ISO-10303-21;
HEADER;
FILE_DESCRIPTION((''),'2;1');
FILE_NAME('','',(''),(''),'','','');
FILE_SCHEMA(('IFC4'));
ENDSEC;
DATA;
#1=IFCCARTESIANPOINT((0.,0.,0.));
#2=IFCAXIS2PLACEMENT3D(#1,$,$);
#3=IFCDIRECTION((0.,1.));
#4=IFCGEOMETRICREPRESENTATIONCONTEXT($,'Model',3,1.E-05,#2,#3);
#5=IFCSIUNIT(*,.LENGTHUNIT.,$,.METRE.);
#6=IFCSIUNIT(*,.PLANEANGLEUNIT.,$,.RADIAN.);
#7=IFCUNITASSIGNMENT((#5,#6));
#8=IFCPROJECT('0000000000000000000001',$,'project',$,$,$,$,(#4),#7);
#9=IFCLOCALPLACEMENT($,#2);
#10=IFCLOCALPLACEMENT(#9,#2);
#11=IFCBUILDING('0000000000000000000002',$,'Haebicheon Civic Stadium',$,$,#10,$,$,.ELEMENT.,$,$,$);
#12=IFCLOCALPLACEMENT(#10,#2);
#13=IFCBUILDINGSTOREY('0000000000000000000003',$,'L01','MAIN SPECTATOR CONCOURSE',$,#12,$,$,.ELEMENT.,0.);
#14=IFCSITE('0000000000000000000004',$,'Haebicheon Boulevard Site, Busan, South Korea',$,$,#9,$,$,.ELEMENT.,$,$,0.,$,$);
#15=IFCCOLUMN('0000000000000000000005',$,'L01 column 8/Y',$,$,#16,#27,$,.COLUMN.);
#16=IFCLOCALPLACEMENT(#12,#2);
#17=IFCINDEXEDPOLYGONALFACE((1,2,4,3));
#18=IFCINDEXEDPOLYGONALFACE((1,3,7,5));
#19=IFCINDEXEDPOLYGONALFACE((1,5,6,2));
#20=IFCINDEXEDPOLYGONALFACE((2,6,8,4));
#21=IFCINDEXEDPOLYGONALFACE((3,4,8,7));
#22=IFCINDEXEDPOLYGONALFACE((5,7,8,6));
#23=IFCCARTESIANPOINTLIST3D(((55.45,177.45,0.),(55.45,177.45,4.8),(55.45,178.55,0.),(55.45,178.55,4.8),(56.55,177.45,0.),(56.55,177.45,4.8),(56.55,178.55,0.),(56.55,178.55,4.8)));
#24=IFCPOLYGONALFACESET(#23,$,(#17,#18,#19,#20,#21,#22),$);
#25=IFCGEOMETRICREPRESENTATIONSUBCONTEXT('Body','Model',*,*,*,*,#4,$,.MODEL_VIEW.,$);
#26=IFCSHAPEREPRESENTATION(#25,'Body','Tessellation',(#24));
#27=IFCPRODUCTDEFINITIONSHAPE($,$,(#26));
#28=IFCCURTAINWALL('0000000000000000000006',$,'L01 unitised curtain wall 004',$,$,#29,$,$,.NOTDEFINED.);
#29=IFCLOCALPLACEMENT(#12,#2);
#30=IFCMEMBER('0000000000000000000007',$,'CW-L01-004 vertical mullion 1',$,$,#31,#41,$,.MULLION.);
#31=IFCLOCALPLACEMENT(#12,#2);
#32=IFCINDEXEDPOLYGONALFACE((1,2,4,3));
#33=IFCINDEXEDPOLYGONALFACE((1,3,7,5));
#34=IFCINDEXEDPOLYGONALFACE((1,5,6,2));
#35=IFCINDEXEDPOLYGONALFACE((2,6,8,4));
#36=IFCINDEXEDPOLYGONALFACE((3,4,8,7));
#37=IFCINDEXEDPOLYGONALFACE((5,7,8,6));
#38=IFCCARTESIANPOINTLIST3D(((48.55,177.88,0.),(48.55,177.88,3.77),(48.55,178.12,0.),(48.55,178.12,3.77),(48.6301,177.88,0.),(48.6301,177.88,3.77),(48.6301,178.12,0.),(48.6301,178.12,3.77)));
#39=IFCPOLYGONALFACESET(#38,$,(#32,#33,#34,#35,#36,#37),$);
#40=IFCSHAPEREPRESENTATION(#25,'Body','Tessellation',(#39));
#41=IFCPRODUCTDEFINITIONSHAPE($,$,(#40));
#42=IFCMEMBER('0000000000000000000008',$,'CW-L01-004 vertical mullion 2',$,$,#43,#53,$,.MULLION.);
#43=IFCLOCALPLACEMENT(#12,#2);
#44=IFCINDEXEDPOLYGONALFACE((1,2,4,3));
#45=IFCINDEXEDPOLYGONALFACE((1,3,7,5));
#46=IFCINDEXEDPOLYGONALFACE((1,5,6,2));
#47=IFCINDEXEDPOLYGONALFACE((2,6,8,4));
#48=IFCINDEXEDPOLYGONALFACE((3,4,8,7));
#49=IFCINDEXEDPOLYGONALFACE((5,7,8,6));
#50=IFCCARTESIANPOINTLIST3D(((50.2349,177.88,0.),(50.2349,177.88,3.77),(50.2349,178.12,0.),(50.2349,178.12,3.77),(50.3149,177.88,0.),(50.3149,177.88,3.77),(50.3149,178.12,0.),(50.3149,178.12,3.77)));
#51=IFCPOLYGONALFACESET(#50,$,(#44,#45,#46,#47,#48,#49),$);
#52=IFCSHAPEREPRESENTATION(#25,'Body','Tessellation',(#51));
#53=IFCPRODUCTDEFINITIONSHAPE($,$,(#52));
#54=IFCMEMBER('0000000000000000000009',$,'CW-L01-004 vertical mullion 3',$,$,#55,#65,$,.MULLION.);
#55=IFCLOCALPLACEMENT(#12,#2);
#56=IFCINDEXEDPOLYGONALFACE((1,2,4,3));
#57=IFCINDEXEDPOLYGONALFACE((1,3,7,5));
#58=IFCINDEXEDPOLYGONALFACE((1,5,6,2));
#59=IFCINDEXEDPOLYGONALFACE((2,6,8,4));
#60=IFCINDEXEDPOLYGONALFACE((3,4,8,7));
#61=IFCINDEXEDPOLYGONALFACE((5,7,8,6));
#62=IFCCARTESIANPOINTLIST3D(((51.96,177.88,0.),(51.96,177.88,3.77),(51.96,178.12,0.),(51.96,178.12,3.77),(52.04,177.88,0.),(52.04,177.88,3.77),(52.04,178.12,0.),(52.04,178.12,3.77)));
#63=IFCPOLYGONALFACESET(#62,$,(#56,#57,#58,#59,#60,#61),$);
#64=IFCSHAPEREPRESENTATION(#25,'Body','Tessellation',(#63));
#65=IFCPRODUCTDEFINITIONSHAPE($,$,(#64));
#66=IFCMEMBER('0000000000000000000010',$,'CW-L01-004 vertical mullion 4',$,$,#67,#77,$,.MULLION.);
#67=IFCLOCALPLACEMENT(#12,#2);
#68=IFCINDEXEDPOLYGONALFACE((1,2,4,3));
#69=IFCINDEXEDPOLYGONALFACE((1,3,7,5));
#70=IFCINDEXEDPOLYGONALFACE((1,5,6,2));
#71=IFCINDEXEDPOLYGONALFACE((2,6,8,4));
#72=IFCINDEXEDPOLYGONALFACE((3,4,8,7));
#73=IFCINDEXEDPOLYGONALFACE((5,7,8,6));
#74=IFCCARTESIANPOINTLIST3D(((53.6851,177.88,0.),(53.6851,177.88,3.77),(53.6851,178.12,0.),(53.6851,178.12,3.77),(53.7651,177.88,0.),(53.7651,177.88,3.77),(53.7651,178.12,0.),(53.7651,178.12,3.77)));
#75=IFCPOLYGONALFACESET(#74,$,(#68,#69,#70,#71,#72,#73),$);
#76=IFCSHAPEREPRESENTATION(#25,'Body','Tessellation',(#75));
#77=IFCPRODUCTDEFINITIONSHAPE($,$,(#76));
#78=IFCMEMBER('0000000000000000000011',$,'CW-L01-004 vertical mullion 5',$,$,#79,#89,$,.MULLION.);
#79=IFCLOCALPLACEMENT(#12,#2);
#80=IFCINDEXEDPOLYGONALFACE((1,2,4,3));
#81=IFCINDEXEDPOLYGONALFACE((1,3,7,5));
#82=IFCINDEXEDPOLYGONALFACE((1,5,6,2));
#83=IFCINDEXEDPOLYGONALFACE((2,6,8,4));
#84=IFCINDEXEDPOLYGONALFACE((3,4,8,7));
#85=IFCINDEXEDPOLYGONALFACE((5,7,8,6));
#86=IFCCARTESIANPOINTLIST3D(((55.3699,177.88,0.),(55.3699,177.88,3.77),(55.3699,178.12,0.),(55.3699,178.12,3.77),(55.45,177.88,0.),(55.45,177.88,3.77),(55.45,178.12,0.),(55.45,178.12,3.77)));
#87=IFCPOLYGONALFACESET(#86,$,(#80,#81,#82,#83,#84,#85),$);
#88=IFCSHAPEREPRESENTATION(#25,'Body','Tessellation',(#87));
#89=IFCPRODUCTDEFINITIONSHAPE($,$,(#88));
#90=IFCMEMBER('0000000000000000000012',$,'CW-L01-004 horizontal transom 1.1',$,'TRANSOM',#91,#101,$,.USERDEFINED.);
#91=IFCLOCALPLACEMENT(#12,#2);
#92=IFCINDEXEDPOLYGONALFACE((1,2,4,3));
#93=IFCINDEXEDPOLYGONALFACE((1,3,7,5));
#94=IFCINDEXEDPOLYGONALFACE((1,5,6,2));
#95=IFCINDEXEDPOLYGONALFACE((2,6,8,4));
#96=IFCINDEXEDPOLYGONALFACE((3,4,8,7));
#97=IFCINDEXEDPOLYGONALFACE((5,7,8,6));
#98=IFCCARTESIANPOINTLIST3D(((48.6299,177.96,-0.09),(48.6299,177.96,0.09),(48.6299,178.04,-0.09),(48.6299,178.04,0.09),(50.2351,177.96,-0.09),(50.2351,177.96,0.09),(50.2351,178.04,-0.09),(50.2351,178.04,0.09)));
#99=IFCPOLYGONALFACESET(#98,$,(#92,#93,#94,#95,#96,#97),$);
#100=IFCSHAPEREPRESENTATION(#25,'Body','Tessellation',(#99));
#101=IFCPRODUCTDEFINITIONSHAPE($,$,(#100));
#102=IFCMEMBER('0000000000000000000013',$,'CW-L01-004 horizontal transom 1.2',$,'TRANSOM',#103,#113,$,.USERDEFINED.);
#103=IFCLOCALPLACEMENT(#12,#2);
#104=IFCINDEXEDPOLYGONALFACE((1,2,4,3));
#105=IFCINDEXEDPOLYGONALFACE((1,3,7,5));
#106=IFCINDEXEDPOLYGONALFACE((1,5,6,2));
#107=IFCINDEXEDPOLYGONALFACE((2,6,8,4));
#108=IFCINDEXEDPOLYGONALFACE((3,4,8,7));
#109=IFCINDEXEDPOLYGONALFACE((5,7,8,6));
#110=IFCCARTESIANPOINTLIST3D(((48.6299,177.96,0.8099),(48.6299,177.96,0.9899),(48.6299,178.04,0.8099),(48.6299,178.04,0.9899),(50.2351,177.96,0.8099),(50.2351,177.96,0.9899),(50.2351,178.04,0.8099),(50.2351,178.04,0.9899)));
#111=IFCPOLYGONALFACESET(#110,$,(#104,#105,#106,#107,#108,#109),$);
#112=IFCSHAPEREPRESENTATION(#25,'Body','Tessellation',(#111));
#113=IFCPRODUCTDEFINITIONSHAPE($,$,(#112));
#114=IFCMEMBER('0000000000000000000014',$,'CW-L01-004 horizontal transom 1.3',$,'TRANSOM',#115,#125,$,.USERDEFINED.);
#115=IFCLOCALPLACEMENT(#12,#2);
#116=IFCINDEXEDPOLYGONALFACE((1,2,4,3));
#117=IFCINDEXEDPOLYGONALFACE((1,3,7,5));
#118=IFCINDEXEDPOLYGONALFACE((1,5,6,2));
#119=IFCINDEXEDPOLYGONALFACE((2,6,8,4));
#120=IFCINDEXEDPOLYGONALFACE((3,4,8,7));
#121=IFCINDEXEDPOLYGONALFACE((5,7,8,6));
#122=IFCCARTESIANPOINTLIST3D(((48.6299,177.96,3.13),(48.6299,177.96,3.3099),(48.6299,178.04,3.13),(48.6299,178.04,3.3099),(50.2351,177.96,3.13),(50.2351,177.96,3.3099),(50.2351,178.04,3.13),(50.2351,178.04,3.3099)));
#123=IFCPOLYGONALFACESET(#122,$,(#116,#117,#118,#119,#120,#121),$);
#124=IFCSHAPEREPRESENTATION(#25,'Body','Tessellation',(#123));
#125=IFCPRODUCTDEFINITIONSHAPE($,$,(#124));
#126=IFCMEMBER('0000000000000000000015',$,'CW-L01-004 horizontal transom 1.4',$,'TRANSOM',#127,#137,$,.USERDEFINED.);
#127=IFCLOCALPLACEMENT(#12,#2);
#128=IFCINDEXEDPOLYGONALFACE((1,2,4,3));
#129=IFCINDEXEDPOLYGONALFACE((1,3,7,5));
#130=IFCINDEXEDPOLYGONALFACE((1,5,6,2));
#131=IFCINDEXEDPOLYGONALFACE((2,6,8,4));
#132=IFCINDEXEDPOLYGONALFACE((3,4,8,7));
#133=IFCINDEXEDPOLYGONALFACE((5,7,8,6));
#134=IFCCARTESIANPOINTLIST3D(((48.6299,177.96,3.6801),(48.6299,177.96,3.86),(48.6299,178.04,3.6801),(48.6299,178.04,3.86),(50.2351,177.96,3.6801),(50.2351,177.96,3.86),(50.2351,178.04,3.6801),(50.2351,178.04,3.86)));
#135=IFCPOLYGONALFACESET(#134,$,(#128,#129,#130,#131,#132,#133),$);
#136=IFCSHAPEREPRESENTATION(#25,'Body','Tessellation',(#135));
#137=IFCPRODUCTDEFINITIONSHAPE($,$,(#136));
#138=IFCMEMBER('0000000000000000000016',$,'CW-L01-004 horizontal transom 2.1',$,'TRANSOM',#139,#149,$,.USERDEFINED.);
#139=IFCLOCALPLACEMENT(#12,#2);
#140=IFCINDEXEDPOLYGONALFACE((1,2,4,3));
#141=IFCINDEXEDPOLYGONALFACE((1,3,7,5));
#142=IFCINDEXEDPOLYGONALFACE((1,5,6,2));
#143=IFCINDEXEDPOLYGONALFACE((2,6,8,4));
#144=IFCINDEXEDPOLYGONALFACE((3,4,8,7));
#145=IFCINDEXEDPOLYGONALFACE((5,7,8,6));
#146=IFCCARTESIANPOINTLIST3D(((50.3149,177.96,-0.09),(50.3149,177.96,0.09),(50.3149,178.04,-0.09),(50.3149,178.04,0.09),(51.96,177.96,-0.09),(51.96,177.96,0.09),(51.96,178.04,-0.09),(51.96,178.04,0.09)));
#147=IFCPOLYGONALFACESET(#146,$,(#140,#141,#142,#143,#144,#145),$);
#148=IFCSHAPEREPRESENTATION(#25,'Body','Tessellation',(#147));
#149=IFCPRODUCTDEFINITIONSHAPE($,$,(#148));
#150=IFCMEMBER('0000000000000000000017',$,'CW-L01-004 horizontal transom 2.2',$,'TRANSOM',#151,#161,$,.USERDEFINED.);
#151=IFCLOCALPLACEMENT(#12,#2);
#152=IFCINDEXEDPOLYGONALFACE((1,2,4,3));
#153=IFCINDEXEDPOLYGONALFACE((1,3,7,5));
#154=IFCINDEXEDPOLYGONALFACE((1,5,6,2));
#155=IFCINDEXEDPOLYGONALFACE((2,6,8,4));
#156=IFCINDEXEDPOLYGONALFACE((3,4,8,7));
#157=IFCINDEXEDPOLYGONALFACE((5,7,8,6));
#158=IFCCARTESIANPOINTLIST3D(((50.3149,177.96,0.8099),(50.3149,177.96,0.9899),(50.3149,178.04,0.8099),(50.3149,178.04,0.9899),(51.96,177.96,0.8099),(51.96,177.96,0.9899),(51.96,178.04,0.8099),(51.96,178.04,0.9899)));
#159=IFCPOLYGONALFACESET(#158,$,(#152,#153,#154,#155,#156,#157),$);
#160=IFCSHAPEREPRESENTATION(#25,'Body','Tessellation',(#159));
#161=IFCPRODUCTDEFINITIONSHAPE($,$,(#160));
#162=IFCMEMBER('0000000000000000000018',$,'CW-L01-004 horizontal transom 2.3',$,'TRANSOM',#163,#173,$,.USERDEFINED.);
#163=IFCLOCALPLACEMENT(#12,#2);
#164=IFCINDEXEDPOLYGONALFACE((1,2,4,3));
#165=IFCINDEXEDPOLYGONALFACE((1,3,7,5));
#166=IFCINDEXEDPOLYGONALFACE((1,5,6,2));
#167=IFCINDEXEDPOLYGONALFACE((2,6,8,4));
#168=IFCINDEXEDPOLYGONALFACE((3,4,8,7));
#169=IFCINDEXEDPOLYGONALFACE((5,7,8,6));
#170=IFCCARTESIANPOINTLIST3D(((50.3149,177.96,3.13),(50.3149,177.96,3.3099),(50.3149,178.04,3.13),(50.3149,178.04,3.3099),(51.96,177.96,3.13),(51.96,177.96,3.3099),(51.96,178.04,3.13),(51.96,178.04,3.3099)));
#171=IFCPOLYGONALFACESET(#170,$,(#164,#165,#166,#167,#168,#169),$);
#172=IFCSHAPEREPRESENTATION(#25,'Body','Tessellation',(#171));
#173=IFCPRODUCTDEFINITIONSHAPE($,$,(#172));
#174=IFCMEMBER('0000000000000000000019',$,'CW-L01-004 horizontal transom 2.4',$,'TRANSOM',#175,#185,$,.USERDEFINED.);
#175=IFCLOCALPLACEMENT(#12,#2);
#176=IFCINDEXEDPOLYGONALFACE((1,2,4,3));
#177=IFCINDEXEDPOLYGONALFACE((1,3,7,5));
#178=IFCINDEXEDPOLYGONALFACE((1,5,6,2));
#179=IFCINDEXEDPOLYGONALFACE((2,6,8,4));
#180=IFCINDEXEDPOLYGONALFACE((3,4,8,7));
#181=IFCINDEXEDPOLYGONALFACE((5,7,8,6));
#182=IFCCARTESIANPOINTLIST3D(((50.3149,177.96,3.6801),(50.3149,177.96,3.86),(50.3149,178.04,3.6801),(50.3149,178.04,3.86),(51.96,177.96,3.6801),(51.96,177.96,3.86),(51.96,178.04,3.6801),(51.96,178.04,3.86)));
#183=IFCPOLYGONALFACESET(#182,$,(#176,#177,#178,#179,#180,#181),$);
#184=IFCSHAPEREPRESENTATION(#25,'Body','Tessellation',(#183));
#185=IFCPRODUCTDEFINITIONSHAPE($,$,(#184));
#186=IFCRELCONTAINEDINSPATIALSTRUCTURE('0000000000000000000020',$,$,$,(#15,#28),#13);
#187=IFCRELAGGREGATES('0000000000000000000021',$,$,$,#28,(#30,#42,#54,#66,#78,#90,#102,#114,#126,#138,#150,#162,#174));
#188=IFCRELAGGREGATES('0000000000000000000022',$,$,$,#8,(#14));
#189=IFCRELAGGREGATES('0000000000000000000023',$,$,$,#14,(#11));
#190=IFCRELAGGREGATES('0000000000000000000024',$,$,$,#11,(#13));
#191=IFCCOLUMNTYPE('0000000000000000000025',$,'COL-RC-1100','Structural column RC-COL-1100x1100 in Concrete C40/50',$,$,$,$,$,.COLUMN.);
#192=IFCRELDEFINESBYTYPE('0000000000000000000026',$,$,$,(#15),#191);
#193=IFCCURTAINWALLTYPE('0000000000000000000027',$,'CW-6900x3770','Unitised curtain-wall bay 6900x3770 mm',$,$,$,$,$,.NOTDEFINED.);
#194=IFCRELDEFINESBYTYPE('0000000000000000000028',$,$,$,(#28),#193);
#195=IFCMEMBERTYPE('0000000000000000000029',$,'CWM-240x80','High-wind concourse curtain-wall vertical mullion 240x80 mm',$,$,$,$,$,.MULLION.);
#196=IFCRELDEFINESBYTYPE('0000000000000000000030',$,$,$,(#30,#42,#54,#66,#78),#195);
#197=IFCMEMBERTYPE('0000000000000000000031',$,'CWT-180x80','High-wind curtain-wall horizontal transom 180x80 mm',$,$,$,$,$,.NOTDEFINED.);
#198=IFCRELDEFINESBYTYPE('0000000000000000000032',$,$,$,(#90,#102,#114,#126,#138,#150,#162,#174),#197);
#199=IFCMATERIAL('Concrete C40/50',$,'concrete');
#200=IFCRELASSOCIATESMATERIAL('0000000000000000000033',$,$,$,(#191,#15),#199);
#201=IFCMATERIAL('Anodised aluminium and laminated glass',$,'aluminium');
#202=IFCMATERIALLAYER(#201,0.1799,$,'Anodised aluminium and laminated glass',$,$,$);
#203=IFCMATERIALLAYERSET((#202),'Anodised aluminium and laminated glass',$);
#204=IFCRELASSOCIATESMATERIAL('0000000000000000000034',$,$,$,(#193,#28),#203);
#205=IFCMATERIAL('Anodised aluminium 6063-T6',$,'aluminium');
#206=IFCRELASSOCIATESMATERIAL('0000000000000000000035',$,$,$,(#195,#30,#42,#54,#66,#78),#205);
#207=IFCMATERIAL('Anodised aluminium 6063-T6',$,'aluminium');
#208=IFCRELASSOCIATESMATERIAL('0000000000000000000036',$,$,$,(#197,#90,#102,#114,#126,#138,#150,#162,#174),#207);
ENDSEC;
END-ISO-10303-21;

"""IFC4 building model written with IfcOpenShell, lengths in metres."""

from ifc_helpers import new_model, si_unit, direction, frame, origin, origin_2d, place, context, subcontext, project, spatial, rectangle, extrude, material, layer, layer_set, material_profile, profile_set, type_object, element, aggregate, save


model = new_model("IFC4")

# Units and contexts
model_context = context("Model", 3, precision=1e-05, world=origin(), true_north=direction((0.0, 1.0)))
body_context = subcontext(model_context, "Body", "Model", "MODEL_VIEW")
ifc_project = project(units=[si_unit("LENGTHUNIT", "METRE"), si_unit("PLANEANGLEUNIT", "RADIAN")], contexts=[model_context])

# Site, building, storey
site_placement = place(None, origin())
site = spatial("IfcSite", under=ifc_project, at=site_placement, Name="Haebicheon Boulevard Site, Busan, South Korea", CompositionType="ELEMENT", RefElevation=0.0)
building_placement = place(site_placement, origin())
building = spatial("IfcBuilding", under=site, at=building_placement, Name="Haebicheon Civic Stadium", CompositionType="ELEMENT")
storey_placement = place(building_placement, origin())
storey = spatial("IfcBuildingStorey", under=building, at=storey_placement, Name="L01", Description="MAIN SPECTATOR CONCOURSE", CompositionType="ELEMENT", Elevation=0.0)

# Column
ifc_material_1 = material(Name="Concrete C40/50", Category="concrete")
ifc_material_profile_1 = material_profile(ifc_material_1, rectangle(XDim=1.1001, YDim=1.1001, at=origin_2d()), Name="RC-COL-1100x1100")
ifc_profile_set_1 = profile_set([ifc_material_profile_1], Name="Concrete C40/50")
column_type = type_object("IfcColumnType", Name="COL-RC-1100", Description="Structural column RC-COL-1100x1100 in Concrete C40/50", PredefinedType="COLUMN", material=ifc_profile_set_1)
column_placement = place(storey_placement, frame((56.0, 178.0, 0.0), z_axis=(0.0, 0.0, 1.0), x_axis=(1.0, 0.0, 0.0)))
element("IfcColumn", 1, at=column_placement, inside=storey, type_object=column_type, material=ifc_profile_set_1, Name="L01 column 8/Y", PredefinedType="COLUMN", context=body_context, shape_type="SweptSolid", body=[
    extrude(rectangle(XDim=1.1001, YDim=1.1001, at=origin_2d()), origin(), (0.0, 0.0, 1.0), 4.8),
])

# Curtain wall, members
ifc_material_2 = material(Name="Anodised aluminium and laminated glass", Category="aluminium")
ifc_layer_1 = layer(ifc_material_2, 0.1799, Name="Anodised aluminium and laminated glass")
ifc_layer_set_1 = layer_set([ifc_layer_1], Name="Anodised aluminium and laminated glass")
curtain_wall_type = type_object("IfcCurtainWallType", Name="CW-6900x3770", Description="Unitised curtain-wall bay 6900x3770 mm", PredefinedType="NOTDEFINED", material=ifc_layer_set_1)
curtain_wall_placement = place(storey_placement, origin())
curtain_wall = element("IfcCurtainWall", 2, at=curtain_wall_placement, inside=storey, type_object=curtain_wall_type, material=ifc_layer_set_1, Name="L01 unitised curtain wall 004", PredefinedType="NOTDEFINED")
ifc_material_3 = material(Name="Anodised aluminium 6063-T6", Category="aluminium")
ifc_material_profile_2 = material_profile(ifc_material_3, rectangle(XDim=0.0801, YDim=0.24, at=origin_2d()), Name="ALU-MULL-80x240")
ifc_profile_set_2 = profile_set([ifc_material_profile_2], Name="Anodised aluminium 6063-T6")
member_type_1 = type_object("IfcMemberType", Name="CWM-240x80", Description="High-wind concourse curtain-wall vertical mullion 240x80 mm", PredefinedType="MULLION", material=ifc_profile_set_2)
member_1_placement = place(storey_placement, frame((48.5901, 178.0, 0.0), z_axis=(0.0, 0.0, 1.0), x_axis=(1.0, 0.0, 0.0)))
member_1 = element("IfcMember", 3, at=member_1_placement, type_object=member_type_1, material=ifc_profile_set_2, Name="CW-L01-004 vertical mullion 1", PredefinedType="MULLION", context=body_context, shape_type="SweptSolid", body=[
    extrude(rectangle(XDim=0.0801, YDim=0.24, at=origin_2d()), origin(), (0.0, 0.0, 1.0), 3.77),
])
member_2_placement = place(storey_placement, frame((50.2749, 178.0, 0.0), z_axis=(0.0, 0.0, 1.0), x_axis=(1.0, 0.0, 0.0)))
member_2 = element("IfcMember", 4, at=member_2_placement, type_object=member_type_1, material=ifc_profile_set_2, Name="CW-L01-004 vertical mullion 2", PredefinedType="MULLION", context=body_context, shape_type="SweptSolid", body=[
    extrude(rectangle(XDim=0.0801, YDim=0.24, at=origin_2d()), origin(), (0.0, 0.0, 1.0), 3.77),
])
member_3_placement = place(storey_placement, frame((52.0, 178.0, 0.0), z_axis=(0.0, 0.0, 1.0), x_axis=(1.0, 0.0, 0.0)))
member_3 = element("IfcMember", 5, at=member_3_placement, type_object=member_type_1, material=ifc_profile_set_2, Name="CW-L01-004 vertical mullion 3", PredefinedType="MULLION", context=body_context, shape_type="SweptSolid", body=[
    extrude(rectangle(XDim=0.0801, YDim=0.24, at=origin_2d()), origin(), (0.0, 0.0, 1.0), 3.77),
])
member_4_placement = place(storey_placement, frame((53.7251, 178.0, 0.0), z_axis=(0.0, 0.0, 1.0), x_axis=(1.0, 0.0, 0.0)))
member_4 = element("IfcMember", 6, at=member_4_placement, type_object=member_type_1, material=ifc_profile_set_2, Name="CW-L01-004 vertical mullion 4", PredefinedType="MULLION", context=body_context, shape_type="SweptSolid", body=[
    extrude(rectangle(XDim=0.0801, YDim=0.24, at=origin_2d()), origin(), (0.0, 0.0, 1.0), 3.77),
])
member_5_placement = place(storey_placement, frame((55.4099, 178.0, 0.0), z_axis=(0.0, 0.0, 1.0), x_axis=(1.0, 0.0, 0.0)))
member_5 = element("IfcMember", 7, at=member_5_placement, type_object=member_type_1, material=ifc_profile_set_2, Name="CW-L01-004 vertical mullion 5", PredefinedType="MULLION", context=body_context, shape_type="SweptSolid", body=[
    extrude(rectangle(XDim=0.0801, YDim=0.24, at=origin_2d()), origin(), (0.0, 0.0, 1.0), 3.77),
])
ifc_material_4 = material(Name="Anodised aluminium 6063-T6", Category="aluminium")
ifc_material_profile_3 = material_profile(ifc_material_4, rectangle(XDim=0.0801, YDim=0.1799, at=origin_2d()), Name="ALU-TRAN-80x180")
ifc_profile_set_3 = profile_set([ifc_material_profile_3], Name="Anodised aluminium 6063-T6")
member_type_2 = type_object("IfcMemberType", Name="CWT-180x80", Description="High-wind curtain-wall horizontal transom 180x80 mm", PredefinedType="NOTDEFINED", material=ifc_profile_set_3)
member_6_placement = place(storey_placement, frame((48.6299, 178.0, 0.0), z_axis=(1.0, 0.0, 0.0), x_axis=(0.0, 1.0, 0.0)))
member_6 = element("IfcMember", 8, at=member_6_placement, type_object=member_type_2, material=ifc_profile_set_3, Name="CW-L01-004 horizontal transom 1.1", ObjectType="TRANSOM", PredefinedType="USERDEFINED", context=body_context, shape_type="SweptSolid", body=[
    extrude(rectangle(XDim=0.0801, YDim=0.1799, at=origin_2d()), origin(), (0.0, 0.0, 1.0), 1.6052),
])
member_7_placement = place(storey_placement, frame((48.6299, 178.0, 0.8999), z_axis=(1.0, 0.0, 0.0), x_axis=(0.0, 1.0, 0.0)))
member_7 = element("IfcMember", 9, at=member_7_placement, type_object=member_type_2, material=ifc_profile_set_3, Name="CW-L01-004 horizontal transom 1.2", ObjectType="TRANSOM", PredefinedType="USERDEFINED", context=body_context, shape_type="SweptSolid", body=[
    extrude(rectangle(XDim=0.0801, YDim=0.1799, at=origin_2d()), origin(), (0.0, 0.0, 1.0), 1.6052),
])
member_8_placement = place(storey_placement, frame((48.6299, 178.0, 3.22), z_axis=(1.0, 0.0, 0.0), x_axis=(0.0, 1.0, 0.0)))
member_8 = element("IfcMember", 10, at=member_8_placement, type_object=member_type_2, material=ifc_profile_set_3, Name="CW-L01-004 horizontal transom 1.3", ObjectType="TRANSOM", PredefinedType="USERDEFINED", context=body_context, shape_type="SweptSolid", body=[
    extrude(rectangle(XDim=0.0801, YDim=0.1799, at=origin_2d()), origin(), (0.0, 0.0, 1.0), 1.6052),
])
member_9_placement = place(storey_placement, frame((48.6299, 178.0, 3.77), z_axis=(1.0, 0.0, 0.0), x_axis=(0.0, 1.0, 0.0)))
member_9 = element("IfcMember", 11, at=member_9_placement, type_object=member_type_2, material=ifc_profile_set_3, Name="CW-L01-004 horizontal transom 1.4", ObjectType="TRANSOM", PredefinedType="USERDEFINED", context=body_context, shape_type="SweptSolid", body=[
    extrude(rectangle(XDim=0.0801, YDim=0.1799, at=origin_2d()), origin(), (0.0, 0.0, 1.0), 1.6052),
])
member_10_placement = place(storey_placement, frame((50.3149, 178.0, 0.0), z_axis=(1.0, 0.0, 0.0), x_axis=(0.0, 1.0, 0.0)))
member_10 = element("IfcMember", 12, at=member_10_placement, type_object=member_type_2, material=ifc_profile_set_3, Name="CW-L01-004 horizontal transom 2.1", ObjectType="TRANSOM", PredefinedType="USERDEFINED", context=body_context, shape_type="SweptSolid", body=[
    extrude(rectangle(XDim=0.0801, YDim=0.1799, at=origin_2d()), origin(), (0.0, 0.0, 1.0), 1.645),
])
member_11_placement = place(storey_placement, frame((50.3149, 178.0, 0.8999), z_axis=(1.0, 0.0, 0.0), x_axis=(0.0, 1.0, 0.0)))
member_11 = element("IfcMember", 13, at=member_11_placement, type_object=member_type_2, material=ifc_profile_set_3, Name="CW-L01-004 horizontal transom 2.2", ObjectType="TRANSOM", PredefinedType="USERDEFINED", context=body_context, shape_type="SweptSolid", body=[
    extrude(rectangle(XDim=0.0801, YDim=0.1799, at=origin_2d()), origin(), (0.0, 0.0, 1.0), 1.645),
])
member_12_placement = place(storey_placement, frame((50.3149, 178.0, 3.22), z_axis=(1.0, 0.0, 0.0), x_axis=(0.0, 1.0, 0.0)))
member_12 = element("IfcMember", 14, at=member_12_placement, type_object=member_type_2, material=ifc_profile_set_3, Name="CW-L01-004 horizontal transom 2.3", ObjectType="TRANSOM", PredefinedType="USERDEFINED", context=body_context, shape_type="SweptSolid", body=[
    extrude(rectangle(XDim=0.0801, YDim=0.1799, at=origin_2d()), origin(), (0.0, 0.0, 1.0), 1.645),
])
member_13_placement = place(storey_placement, frame((50.3149, 178.0, 3.77), z_axis=(1.0, 0.0, 0.0), x_axis=(0.0, 1.0, 0.0)))
member_13 = element("IfcMember", 15, at=member_13_placement, type_object=member_type_2, material=ifc_profile_set_3, Name="CW-L01-004 horizontal transom 2.4", ObjectType="TRANSOM", PredefinedType="USERDEFINED", context=body_context, shape_type="SweptSolid", body=[
    extrude(rectangle(XDim=0.0801, YDim=0.1799, at=origin_2d()), origin(), (0.0, 0.0, 1.0), 1.645),
])

aggregate(curtain_wall, [member_1, member_2, member_3, member_4, member_5, member_6, member_7, member_8, member_9, member_10, member_11, member_12, member_13])

save(model, "model.ifc")
